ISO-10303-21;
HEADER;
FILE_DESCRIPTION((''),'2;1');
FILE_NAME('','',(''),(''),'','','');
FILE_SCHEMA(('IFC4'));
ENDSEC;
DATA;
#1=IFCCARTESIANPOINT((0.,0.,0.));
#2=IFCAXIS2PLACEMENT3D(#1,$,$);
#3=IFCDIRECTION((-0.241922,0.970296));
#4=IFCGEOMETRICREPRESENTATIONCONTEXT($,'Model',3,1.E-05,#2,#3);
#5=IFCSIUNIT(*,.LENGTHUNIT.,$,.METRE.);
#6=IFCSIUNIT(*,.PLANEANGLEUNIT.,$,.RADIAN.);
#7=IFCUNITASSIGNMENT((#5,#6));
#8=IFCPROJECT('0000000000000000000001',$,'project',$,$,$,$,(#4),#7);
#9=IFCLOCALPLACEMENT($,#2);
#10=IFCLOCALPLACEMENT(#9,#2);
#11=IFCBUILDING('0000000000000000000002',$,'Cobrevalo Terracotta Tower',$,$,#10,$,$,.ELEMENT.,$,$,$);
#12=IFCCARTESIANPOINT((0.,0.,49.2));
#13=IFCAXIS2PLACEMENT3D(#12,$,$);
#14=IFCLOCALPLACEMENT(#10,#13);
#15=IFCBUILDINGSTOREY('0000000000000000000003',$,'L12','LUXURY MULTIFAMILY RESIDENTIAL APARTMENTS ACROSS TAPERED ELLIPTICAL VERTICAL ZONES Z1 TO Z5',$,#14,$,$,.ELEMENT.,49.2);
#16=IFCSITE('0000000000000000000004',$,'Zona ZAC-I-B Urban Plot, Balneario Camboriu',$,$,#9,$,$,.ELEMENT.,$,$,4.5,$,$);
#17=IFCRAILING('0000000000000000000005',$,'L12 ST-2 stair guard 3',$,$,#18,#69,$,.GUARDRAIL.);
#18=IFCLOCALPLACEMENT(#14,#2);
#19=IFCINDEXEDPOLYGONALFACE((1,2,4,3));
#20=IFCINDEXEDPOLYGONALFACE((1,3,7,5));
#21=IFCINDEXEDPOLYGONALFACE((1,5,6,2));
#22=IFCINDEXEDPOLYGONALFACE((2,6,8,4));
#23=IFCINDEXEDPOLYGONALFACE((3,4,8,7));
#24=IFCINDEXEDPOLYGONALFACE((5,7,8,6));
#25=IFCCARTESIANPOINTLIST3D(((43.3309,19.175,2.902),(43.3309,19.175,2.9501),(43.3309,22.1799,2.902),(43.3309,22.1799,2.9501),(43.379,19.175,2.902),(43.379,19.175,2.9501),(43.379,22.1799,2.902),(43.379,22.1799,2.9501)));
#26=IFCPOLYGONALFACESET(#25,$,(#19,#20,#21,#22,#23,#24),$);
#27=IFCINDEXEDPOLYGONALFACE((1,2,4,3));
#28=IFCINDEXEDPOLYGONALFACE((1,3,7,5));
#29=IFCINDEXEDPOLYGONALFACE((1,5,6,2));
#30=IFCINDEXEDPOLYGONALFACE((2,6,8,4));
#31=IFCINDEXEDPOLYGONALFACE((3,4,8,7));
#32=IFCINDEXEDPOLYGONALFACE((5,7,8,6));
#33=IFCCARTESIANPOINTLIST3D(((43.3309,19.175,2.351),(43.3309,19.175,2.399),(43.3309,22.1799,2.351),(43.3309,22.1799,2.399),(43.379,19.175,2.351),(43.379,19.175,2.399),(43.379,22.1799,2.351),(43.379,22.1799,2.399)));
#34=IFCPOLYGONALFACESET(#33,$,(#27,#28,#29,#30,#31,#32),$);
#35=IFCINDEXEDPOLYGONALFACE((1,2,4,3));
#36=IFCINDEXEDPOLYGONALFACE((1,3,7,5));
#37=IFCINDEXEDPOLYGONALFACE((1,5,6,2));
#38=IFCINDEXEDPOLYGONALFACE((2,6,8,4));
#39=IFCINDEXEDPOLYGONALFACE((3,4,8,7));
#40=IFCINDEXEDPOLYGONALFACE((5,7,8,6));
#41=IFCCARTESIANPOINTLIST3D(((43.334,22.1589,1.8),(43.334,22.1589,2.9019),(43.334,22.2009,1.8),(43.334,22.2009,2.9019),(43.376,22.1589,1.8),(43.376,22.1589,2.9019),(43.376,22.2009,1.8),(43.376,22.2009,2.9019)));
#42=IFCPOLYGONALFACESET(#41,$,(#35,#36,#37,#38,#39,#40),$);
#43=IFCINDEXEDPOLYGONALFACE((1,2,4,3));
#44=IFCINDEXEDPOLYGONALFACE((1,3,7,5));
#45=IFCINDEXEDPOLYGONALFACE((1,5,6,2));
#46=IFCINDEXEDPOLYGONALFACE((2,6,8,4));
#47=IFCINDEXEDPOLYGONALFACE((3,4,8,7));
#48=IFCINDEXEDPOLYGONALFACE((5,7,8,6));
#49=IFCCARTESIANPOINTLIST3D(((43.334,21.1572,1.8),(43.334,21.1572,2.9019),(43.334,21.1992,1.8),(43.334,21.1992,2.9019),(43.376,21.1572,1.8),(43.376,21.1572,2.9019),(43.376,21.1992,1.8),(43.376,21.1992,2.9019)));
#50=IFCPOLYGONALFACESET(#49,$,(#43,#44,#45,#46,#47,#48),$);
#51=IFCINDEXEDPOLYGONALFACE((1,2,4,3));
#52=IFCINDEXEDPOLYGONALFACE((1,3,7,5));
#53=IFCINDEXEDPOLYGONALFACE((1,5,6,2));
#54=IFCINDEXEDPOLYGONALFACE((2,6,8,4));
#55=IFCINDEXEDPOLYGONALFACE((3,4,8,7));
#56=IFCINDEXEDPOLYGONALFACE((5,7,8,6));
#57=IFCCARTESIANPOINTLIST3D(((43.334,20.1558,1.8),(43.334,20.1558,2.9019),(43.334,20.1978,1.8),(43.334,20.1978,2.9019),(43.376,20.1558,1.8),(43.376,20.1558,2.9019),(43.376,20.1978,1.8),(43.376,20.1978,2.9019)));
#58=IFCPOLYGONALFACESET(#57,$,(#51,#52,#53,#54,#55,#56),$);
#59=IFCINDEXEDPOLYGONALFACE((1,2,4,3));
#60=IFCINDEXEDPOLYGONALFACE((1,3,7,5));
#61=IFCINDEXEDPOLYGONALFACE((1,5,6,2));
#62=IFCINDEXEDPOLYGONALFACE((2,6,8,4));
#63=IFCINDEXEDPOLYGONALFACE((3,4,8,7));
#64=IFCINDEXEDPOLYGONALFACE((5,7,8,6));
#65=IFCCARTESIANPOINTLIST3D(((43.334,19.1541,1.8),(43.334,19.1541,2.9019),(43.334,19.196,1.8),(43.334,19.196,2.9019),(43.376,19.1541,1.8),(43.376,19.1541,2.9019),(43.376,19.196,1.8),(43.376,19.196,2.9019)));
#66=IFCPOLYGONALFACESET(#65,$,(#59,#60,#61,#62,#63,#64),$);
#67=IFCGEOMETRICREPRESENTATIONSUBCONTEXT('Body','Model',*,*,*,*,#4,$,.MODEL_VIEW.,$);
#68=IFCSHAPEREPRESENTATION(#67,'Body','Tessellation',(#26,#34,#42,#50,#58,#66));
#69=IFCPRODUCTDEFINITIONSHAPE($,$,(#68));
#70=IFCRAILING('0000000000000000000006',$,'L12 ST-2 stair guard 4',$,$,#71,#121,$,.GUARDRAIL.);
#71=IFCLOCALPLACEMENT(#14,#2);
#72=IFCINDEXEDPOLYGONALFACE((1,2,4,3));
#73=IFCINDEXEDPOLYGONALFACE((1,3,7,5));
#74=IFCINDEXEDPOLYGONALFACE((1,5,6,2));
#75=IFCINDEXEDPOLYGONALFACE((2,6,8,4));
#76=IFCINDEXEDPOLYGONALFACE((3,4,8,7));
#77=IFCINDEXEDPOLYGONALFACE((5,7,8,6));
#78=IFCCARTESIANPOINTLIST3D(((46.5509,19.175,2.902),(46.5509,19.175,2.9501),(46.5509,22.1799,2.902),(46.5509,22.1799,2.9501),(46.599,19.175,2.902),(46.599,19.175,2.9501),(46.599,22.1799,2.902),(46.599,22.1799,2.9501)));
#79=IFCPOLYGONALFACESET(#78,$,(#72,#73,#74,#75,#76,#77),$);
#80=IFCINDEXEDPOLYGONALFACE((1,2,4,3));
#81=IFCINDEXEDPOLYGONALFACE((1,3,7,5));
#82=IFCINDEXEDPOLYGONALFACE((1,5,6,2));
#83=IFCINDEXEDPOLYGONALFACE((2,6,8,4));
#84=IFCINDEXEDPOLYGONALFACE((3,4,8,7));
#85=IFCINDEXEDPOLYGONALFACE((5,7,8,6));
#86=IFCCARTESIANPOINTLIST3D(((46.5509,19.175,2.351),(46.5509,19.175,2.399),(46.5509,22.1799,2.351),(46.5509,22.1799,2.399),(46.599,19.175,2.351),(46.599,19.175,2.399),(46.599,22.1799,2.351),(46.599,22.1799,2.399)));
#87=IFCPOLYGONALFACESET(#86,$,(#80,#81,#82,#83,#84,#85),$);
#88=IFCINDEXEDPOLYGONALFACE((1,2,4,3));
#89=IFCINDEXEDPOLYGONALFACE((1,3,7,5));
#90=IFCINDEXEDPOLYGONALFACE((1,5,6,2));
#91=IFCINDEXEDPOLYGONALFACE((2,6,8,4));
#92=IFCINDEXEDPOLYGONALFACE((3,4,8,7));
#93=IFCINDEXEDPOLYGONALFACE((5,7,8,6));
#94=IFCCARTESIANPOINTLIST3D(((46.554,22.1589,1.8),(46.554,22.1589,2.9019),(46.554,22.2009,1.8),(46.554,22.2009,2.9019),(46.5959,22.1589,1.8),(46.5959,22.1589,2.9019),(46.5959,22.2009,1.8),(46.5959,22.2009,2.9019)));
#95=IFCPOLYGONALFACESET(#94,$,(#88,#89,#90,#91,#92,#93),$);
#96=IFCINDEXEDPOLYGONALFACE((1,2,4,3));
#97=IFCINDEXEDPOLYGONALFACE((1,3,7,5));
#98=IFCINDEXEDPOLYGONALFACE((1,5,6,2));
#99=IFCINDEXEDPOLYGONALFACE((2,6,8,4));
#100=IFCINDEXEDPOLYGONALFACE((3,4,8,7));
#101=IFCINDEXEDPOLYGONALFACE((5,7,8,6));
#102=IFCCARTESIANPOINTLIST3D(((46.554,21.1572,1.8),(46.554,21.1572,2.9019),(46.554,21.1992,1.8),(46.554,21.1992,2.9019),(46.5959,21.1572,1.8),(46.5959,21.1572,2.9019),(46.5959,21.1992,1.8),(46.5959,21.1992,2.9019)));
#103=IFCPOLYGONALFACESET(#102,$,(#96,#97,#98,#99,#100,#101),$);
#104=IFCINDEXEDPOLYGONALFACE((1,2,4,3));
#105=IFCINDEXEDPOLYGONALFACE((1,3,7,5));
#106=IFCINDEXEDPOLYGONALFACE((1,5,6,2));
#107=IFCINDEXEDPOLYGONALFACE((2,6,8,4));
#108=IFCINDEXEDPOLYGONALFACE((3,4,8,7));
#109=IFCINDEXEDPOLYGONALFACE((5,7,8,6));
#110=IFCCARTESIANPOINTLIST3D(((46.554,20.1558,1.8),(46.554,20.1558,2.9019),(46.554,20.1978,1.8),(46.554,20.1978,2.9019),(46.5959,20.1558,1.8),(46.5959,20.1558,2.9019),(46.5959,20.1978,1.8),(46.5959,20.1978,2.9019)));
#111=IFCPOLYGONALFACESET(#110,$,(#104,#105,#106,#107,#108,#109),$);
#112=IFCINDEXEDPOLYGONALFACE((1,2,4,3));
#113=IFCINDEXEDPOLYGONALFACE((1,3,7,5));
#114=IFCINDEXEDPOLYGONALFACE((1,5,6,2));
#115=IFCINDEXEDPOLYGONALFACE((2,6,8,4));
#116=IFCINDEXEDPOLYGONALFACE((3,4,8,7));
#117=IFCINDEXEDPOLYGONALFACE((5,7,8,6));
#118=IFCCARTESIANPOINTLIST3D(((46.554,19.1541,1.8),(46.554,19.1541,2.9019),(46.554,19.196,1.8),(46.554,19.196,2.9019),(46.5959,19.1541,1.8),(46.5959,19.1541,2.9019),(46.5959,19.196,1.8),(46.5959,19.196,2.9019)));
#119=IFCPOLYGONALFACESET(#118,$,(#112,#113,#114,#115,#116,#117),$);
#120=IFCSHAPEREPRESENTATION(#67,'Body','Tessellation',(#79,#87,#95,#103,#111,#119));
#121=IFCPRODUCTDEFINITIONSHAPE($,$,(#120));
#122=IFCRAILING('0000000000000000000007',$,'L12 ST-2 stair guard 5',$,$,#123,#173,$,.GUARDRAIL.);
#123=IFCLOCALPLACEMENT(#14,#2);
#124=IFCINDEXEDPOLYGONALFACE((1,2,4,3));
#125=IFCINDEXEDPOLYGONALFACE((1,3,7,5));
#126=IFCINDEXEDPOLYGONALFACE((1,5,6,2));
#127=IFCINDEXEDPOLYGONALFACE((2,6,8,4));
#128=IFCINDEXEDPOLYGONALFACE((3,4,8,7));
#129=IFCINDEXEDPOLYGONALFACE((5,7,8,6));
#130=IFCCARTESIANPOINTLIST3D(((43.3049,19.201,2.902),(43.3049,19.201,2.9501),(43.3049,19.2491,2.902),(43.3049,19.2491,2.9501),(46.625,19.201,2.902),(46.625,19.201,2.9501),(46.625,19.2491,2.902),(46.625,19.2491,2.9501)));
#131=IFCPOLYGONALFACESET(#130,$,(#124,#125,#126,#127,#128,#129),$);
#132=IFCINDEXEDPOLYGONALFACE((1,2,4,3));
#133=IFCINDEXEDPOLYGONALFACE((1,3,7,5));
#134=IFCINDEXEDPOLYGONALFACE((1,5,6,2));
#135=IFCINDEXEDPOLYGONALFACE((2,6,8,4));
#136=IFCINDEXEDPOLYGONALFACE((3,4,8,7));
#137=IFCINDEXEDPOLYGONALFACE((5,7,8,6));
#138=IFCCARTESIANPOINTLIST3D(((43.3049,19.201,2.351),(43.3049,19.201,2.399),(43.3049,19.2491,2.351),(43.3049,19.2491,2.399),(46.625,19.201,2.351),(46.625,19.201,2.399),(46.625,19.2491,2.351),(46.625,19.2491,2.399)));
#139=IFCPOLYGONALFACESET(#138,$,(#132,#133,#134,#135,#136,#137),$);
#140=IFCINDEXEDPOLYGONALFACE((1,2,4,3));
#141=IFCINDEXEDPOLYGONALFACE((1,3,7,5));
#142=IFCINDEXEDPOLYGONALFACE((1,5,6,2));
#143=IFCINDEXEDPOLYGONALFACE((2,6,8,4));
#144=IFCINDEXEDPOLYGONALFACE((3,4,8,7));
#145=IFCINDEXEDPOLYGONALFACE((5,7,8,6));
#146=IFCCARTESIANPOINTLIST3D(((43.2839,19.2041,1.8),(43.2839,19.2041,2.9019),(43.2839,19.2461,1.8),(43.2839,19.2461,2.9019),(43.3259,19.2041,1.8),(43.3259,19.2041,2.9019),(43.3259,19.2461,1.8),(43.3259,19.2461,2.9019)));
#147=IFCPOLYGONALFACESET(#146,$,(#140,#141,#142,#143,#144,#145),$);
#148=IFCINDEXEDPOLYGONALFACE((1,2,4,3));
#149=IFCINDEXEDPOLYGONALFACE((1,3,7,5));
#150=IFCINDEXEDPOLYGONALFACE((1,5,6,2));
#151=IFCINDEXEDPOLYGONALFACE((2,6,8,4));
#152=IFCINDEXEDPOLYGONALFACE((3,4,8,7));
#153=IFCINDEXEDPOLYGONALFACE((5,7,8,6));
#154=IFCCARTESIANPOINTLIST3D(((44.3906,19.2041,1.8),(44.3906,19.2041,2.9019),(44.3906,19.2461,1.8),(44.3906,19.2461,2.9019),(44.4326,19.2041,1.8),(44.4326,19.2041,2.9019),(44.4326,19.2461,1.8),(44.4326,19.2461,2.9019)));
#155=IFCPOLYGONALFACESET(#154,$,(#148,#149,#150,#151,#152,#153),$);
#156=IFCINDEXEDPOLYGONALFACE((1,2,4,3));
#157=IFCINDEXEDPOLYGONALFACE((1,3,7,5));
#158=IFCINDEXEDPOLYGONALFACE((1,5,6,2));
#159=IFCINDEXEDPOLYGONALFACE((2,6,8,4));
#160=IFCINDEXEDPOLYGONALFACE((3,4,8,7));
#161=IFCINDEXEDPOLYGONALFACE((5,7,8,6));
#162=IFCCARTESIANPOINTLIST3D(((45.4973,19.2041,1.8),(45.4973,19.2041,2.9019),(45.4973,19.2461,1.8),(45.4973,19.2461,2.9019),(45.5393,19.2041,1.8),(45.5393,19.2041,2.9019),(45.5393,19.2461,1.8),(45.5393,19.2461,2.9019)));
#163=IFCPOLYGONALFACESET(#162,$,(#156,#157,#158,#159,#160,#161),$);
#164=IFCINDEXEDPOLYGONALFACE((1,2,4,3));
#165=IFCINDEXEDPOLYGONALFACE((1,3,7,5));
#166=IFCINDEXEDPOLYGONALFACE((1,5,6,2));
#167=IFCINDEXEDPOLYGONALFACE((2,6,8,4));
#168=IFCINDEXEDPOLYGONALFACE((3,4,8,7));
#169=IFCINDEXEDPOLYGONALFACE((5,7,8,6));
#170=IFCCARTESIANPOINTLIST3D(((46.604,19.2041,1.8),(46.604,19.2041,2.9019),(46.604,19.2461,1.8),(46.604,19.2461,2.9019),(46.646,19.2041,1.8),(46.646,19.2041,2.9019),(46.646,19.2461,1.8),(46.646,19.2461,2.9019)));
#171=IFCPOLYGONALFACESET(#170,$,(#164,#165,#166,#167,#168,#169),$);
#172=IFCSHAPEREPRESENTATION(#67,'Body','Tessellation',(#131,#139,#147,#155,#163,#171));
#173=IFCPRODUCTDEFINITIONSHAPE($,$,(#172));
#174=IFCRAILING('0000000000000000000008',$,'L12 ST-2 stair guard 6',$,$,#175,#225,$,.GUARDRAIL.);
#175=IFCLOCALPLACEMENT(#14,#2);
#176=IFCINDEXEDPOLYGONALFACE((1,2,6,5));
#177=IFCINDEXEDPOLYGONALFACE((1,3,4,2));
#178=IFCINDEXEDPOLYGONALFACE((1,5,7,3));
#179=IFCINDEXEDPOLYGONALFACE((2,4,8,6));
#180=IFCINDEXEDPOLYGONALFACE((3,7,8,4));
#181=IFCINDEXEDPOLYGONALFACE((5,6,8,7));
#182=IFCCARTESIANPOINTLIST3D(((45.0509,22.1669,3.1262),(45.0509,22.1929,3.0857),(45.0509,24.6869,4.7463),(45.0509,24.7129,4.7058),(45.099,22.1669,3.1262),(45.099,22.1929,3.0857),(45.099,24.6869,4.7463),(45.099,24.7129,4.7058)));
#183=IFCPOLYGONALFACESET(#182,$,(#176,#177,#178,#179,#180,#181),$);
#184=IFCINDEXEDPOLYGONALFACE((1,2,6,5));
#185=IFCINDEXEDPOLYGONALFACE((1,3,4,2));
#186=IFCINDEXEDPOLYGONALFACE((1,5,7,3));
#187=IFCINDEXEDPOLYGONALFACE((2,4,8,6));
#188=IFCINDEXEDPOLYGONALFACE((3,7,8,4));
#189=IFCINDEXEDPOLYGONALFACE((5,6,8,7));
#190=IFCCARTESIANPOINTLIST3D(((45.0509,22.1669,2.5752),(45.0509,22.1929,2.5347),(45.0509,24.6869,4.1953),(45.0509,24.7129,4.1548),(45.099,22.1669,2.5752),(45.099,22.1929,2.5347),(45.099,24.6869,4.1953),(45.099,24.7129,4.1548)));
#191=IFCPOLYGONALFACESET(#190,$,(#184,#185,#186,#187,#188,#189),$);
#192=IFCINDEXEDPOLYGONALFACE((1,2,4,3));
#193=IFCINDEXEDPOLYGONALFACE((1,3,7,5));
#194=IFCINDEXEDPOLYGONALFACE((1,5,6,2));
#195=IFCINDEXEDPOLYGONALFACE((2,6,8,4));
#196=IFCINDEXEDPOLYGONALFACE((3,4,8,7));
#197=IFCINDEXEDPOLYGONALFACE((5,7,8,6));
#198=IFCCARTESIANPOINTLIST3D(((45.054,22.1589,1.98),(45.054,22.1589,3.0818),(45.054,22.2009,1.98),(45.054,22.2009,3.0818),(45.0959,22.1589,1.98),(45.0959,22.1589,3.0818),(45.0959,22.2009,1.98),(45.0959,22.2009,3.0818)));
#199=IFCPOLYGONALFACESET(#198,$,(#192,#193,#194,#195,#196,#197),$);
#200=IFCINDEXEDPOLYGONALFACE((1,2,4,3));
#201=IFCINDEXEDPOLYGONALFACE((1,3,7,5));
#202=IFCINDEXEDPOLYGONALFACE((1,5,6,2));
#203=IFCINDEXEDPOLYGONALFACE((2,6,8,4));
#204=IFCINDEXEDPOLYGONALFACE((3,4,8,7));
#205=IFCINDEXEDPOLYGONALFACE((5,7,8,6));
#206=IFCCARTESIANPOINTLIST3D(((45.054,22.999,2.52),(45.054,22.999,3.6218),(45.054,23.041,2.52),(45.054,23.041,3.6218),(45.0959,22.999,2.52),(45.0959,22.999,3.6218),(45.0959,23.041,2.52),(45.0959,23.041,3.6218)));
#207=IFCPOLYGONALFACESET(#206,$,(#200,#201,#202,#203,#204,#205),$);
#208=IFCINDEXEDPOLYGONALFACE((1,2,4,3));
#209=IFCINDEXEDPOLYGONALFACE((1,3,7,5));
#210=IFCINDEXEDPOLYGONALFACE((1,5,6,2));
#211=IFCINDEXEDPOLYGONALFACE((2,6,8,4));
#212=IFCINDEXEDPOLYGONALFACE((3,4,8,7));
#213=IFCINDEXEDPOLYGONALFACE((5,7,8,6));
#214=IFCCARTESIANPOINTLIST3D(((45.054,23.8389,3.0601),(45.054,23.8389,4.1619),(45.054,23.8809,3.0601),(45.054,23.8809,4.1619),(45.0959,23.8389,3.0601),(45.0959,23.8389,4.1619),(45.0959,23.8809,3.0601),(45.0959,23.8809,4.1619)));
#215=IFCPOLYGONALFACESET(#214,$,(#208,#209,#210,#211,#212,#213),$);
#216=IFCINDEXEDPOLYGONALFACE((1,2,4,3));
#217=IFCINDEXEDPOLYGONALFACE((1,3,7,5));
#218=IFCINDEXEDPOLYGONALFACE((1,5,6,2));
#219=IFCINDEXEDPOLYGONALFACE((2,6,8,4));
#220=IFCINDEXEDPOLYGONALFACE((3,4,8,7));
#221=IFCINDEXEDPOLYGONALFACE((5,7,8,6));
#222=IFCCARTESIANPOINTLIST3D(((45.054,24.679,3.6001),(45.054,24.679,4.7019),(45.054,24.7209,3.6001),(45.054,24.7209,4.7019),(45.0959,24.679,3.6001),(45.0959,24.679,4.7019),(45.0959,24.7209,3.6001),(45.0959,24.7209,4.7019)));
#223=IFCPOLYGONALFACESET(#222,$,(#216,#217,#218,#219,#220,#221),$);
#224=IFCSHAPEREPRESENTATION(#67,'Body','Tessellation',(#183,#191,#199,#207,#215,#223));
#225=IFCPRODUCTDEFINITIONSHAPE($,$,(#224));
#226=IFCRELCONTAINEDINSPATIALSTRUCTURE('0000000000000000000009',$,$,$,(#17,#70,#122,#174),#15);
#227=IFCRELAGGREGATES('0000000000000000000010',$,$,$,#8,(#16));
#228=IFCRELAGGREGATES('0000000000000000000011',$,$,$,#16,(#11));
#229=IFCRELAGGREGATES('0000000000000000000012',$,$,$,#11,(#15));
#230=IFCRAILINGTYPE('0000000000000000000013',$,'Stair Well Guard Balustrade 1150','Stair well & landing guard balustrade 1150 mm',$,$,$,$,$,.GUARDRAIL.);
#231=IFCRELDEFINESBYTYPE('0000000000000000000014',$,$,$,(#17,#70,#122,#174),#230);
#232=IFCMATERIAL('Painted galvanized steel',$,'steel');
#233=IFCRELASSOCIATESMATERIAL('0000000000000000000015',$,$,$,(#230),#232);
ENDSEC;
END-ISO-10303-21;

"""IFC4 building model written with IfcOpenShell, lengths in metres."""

from ifc_helpers import new_model, si_unit, direction, frame, origin, origin_2d, place, context, subcontext, project, spatial, rectangle, extrude, material, type_object, element, save


model = new_model("IFC4")

# Units and contexts
model_context = context("Model", 3, precision=1e-05, world=origin(), true_north=direction((-0.241922, 0.970296)))
body_context = subcontext(model_context, "Body", "Model", "MODEL_VIEW")
ifc_project = project(units=[si_unit("LENGTHUNIT", "METRE"), si_unit("PLANEANGLEUNIT", "RADIAN")], contexts=[model_context])

# Site, building, storey
site_placement = place(None, origin())
site = spatial("IfcSite", under=ifc_project, at=site_placement, Name="Zona ZAC-I-B Urban Plot, Balneario Camboriu", CompositionType="ELEMENT", RefElevation=4.5)
building_placement = place(site_placement, origin())
building = spatial("IfcBuilding", under=site, at=building_placement, Name="Cobrevalo Terracotta Tower", CompositionType="ELEMENT")
storey_placement = place(building_placement, frame((0.0, 0.0, 49.2)))
storey = spatial("IfcBuildingStorey", under=building, at=storey_placement, Name="L12", Description="LUXURY MULTIFAMILY RESIDENTIAL APARTMENTS ACROSS TAPERED ELLIPTICAL VERTICAL ZONES Z1 TO Z5", CompositionType="ELEMENT", Elevation=49.2)

# Railings
ifc_material_1 = material(Name="Painted galvanized steel", Category="steel")
railing_type_1 = type_object("IfcRailingType", Name="Stair Well Guard Balustrade 1150", Description="Stair well & landing guard balustrade 1150 mm", PredefinedType="GUARDRAIL", material=ifc_material_1)
for number, where, name in (
    (1, (43.355, 22.1799, 1.8), "L12 ST-2 stair guard 3"),
    (2, (46.575, 22.1799, 1.8), "L12 ST-2 stair guard 4"),
):
    element("IfcRailing", number, at=place(storey_placement, frame(where)), inside=storey, type_object=railing_type_1, Name=name, PredefinedType="GUARDRAIL", context=body_context, shape_type="SweptSolid", body=[
        extrude(rectangle(XDim=0.0481, YDim=0.0481, at=origin_2d()), frame((0.0, 0.0, 1.126), z_axis=(0.0, -1.0, 0.0), x_axis=(1.0, 0.0, 0.0)), (0.0, 0.0, 1.0), 3.0049),
        extrude(rectangle(XDim=0.0481, YDim=0.0481, at=origin_2d()), frame((0.0, 0.0, 0.575), z_axis=(0.0, -1.0, 0.0), x_axis=(1.0, 0.0, 0.0)), (0.0, 0.0, 1.0), 3.0049),
        extrude(rectangle(XDim=0.042, YDim=0.042, at=origin_2d()), origin(), (0.0, 0.0, 1.0), 1.1018),
        extrude(rectangle(XDim=0.042, YDim=0.042, at=origin_2d()), frame((0.0, -1.0017, 0.0)), (0.0, 0.0, 1.0), 1.1018),
        extrude(rectangle(XDim=0.042, YDim=0.042, at=origin_2d()), frame((0.0, -2.0032, 0.0)), (0.0, 0.0, 1.0), 1.1018),
        extrude(rectangle(XDim=0.042, YDim=0.042, at=origin_2d()), frame((0.0, -3.0049, 0.0)), (0.0, 0.0, 1.0), 1.1018),
    ])
railing_1_placement = place(storey_placement, frame((43.3049, 19.2251, 1.8)))
element("IfcRailing", 3, at=railing_1_placement, inside=storey, type_object=railing_type_1, Name="L12 ST-2 stair guard 5", PredefinedType="GUARDRAIL", context=body_context, shape_type="SweptSolid", body=[
    extrude(rectangle(XDim=0.0481, YDim=0.0481, at=origin_2d()), frame((0.0, 0.0, 1.126), z_axis=(1.0, 0.0, 0.0), x_axis=(0.0, 1.0, 0.0)), (0.0, 0.0, 1.0), 3.3201),
    extrude(rectangle(XDim=0.0481, YDim=0.0481, at=origin_2d()), frame((0.0, 0.0, 0.575), z_axis=(1.0, 0.0, 0.0), x_axis=(0.0, 1.0, 0.0)), (0.0, 0.0, 1.0), 3.3201),
    extrude(rectangle(XDim=0.042, YDim=0.042, at=origin_2d()), origin(), (0.0, 0.0, 1.0), 1.1018),
    extrude(rectangle(XDim=0.042, YDim=0.042, at=origin_2d()), frame((1.1067, 0.0, 0.0)), (0.0, 0.0, 1.0), 1.1018),
    extrude(rectangle(XDim=0.042, YDim=0.042, at=origin_2d()), frame((2.2134, 0.0, 0.0)), (0.0, 0.0, 1.0), 1.1018),
    extrude(rectangle(XDim=0.042, YDim=0.042, at=origin_2d()), frame((3.3201, 0.0, 0.0)), (0.0, 0.0, 1.0), 1.1018),
])
railing_2_placement = place(storey_placement, frame((45.075, 22.1799, 1.98)))
element("IfcRailing", 4, at=railing_2_placement, inside=storey, type_object=railing_type_1, Name="L12 ST-2 stair guard 6", PredefinedType="GUARDRAIL", context=body_context, shape_type="SweptSolid", body=[
    extrude(rectangle(XDim=0.0481, YDim=0.0481, at=origin_2d()), frame((0.0, 0.0, 1.126), z_axis=(0.0, 0.841163, 0.540782), x_axis=(-1.0, 0.0, 0.0)), (0.0, 0.0, 1.0), 2.9958),
    extrude(rectangle(XDim=0.0481, YDim=0.0481, at=origin_2d()), frame((0.0, 0.0, 0.575), z_axis=(0.0, 0.841163, 0.540782), x_axis=(-1.0, 0.0, 0.0)), (0.0, 0.0, 1.0), 2.9958),
    extrude(rectangle(XDim=0.042, YDim=0.042, at=origin_2d()), origin(), (0.0, 0.0, 1.0), 1.1018),
    extrude(rectangle(XDim=0.042, YDim=0.042, at=origin_2d()), frame((0.0, 0.8401, 0.54)), (0.0, 0.0, 1.0), 1.1018),
    extrude(rectangle(XDim=0.042, YDim=0.042, at=origin_2d()), frame((0.0, 1.6799, 1.0801)), (0.0, 0.0, 1.0), 1.1018),
    extrude(rectangle(XDim=0.042, YDim=0.042, at=origin_2d()), frame((0.0, 2.52, 1.6201)), (0.0, 0.0, 1.0), 1.1018),
])

save(model, "model.ifc")
